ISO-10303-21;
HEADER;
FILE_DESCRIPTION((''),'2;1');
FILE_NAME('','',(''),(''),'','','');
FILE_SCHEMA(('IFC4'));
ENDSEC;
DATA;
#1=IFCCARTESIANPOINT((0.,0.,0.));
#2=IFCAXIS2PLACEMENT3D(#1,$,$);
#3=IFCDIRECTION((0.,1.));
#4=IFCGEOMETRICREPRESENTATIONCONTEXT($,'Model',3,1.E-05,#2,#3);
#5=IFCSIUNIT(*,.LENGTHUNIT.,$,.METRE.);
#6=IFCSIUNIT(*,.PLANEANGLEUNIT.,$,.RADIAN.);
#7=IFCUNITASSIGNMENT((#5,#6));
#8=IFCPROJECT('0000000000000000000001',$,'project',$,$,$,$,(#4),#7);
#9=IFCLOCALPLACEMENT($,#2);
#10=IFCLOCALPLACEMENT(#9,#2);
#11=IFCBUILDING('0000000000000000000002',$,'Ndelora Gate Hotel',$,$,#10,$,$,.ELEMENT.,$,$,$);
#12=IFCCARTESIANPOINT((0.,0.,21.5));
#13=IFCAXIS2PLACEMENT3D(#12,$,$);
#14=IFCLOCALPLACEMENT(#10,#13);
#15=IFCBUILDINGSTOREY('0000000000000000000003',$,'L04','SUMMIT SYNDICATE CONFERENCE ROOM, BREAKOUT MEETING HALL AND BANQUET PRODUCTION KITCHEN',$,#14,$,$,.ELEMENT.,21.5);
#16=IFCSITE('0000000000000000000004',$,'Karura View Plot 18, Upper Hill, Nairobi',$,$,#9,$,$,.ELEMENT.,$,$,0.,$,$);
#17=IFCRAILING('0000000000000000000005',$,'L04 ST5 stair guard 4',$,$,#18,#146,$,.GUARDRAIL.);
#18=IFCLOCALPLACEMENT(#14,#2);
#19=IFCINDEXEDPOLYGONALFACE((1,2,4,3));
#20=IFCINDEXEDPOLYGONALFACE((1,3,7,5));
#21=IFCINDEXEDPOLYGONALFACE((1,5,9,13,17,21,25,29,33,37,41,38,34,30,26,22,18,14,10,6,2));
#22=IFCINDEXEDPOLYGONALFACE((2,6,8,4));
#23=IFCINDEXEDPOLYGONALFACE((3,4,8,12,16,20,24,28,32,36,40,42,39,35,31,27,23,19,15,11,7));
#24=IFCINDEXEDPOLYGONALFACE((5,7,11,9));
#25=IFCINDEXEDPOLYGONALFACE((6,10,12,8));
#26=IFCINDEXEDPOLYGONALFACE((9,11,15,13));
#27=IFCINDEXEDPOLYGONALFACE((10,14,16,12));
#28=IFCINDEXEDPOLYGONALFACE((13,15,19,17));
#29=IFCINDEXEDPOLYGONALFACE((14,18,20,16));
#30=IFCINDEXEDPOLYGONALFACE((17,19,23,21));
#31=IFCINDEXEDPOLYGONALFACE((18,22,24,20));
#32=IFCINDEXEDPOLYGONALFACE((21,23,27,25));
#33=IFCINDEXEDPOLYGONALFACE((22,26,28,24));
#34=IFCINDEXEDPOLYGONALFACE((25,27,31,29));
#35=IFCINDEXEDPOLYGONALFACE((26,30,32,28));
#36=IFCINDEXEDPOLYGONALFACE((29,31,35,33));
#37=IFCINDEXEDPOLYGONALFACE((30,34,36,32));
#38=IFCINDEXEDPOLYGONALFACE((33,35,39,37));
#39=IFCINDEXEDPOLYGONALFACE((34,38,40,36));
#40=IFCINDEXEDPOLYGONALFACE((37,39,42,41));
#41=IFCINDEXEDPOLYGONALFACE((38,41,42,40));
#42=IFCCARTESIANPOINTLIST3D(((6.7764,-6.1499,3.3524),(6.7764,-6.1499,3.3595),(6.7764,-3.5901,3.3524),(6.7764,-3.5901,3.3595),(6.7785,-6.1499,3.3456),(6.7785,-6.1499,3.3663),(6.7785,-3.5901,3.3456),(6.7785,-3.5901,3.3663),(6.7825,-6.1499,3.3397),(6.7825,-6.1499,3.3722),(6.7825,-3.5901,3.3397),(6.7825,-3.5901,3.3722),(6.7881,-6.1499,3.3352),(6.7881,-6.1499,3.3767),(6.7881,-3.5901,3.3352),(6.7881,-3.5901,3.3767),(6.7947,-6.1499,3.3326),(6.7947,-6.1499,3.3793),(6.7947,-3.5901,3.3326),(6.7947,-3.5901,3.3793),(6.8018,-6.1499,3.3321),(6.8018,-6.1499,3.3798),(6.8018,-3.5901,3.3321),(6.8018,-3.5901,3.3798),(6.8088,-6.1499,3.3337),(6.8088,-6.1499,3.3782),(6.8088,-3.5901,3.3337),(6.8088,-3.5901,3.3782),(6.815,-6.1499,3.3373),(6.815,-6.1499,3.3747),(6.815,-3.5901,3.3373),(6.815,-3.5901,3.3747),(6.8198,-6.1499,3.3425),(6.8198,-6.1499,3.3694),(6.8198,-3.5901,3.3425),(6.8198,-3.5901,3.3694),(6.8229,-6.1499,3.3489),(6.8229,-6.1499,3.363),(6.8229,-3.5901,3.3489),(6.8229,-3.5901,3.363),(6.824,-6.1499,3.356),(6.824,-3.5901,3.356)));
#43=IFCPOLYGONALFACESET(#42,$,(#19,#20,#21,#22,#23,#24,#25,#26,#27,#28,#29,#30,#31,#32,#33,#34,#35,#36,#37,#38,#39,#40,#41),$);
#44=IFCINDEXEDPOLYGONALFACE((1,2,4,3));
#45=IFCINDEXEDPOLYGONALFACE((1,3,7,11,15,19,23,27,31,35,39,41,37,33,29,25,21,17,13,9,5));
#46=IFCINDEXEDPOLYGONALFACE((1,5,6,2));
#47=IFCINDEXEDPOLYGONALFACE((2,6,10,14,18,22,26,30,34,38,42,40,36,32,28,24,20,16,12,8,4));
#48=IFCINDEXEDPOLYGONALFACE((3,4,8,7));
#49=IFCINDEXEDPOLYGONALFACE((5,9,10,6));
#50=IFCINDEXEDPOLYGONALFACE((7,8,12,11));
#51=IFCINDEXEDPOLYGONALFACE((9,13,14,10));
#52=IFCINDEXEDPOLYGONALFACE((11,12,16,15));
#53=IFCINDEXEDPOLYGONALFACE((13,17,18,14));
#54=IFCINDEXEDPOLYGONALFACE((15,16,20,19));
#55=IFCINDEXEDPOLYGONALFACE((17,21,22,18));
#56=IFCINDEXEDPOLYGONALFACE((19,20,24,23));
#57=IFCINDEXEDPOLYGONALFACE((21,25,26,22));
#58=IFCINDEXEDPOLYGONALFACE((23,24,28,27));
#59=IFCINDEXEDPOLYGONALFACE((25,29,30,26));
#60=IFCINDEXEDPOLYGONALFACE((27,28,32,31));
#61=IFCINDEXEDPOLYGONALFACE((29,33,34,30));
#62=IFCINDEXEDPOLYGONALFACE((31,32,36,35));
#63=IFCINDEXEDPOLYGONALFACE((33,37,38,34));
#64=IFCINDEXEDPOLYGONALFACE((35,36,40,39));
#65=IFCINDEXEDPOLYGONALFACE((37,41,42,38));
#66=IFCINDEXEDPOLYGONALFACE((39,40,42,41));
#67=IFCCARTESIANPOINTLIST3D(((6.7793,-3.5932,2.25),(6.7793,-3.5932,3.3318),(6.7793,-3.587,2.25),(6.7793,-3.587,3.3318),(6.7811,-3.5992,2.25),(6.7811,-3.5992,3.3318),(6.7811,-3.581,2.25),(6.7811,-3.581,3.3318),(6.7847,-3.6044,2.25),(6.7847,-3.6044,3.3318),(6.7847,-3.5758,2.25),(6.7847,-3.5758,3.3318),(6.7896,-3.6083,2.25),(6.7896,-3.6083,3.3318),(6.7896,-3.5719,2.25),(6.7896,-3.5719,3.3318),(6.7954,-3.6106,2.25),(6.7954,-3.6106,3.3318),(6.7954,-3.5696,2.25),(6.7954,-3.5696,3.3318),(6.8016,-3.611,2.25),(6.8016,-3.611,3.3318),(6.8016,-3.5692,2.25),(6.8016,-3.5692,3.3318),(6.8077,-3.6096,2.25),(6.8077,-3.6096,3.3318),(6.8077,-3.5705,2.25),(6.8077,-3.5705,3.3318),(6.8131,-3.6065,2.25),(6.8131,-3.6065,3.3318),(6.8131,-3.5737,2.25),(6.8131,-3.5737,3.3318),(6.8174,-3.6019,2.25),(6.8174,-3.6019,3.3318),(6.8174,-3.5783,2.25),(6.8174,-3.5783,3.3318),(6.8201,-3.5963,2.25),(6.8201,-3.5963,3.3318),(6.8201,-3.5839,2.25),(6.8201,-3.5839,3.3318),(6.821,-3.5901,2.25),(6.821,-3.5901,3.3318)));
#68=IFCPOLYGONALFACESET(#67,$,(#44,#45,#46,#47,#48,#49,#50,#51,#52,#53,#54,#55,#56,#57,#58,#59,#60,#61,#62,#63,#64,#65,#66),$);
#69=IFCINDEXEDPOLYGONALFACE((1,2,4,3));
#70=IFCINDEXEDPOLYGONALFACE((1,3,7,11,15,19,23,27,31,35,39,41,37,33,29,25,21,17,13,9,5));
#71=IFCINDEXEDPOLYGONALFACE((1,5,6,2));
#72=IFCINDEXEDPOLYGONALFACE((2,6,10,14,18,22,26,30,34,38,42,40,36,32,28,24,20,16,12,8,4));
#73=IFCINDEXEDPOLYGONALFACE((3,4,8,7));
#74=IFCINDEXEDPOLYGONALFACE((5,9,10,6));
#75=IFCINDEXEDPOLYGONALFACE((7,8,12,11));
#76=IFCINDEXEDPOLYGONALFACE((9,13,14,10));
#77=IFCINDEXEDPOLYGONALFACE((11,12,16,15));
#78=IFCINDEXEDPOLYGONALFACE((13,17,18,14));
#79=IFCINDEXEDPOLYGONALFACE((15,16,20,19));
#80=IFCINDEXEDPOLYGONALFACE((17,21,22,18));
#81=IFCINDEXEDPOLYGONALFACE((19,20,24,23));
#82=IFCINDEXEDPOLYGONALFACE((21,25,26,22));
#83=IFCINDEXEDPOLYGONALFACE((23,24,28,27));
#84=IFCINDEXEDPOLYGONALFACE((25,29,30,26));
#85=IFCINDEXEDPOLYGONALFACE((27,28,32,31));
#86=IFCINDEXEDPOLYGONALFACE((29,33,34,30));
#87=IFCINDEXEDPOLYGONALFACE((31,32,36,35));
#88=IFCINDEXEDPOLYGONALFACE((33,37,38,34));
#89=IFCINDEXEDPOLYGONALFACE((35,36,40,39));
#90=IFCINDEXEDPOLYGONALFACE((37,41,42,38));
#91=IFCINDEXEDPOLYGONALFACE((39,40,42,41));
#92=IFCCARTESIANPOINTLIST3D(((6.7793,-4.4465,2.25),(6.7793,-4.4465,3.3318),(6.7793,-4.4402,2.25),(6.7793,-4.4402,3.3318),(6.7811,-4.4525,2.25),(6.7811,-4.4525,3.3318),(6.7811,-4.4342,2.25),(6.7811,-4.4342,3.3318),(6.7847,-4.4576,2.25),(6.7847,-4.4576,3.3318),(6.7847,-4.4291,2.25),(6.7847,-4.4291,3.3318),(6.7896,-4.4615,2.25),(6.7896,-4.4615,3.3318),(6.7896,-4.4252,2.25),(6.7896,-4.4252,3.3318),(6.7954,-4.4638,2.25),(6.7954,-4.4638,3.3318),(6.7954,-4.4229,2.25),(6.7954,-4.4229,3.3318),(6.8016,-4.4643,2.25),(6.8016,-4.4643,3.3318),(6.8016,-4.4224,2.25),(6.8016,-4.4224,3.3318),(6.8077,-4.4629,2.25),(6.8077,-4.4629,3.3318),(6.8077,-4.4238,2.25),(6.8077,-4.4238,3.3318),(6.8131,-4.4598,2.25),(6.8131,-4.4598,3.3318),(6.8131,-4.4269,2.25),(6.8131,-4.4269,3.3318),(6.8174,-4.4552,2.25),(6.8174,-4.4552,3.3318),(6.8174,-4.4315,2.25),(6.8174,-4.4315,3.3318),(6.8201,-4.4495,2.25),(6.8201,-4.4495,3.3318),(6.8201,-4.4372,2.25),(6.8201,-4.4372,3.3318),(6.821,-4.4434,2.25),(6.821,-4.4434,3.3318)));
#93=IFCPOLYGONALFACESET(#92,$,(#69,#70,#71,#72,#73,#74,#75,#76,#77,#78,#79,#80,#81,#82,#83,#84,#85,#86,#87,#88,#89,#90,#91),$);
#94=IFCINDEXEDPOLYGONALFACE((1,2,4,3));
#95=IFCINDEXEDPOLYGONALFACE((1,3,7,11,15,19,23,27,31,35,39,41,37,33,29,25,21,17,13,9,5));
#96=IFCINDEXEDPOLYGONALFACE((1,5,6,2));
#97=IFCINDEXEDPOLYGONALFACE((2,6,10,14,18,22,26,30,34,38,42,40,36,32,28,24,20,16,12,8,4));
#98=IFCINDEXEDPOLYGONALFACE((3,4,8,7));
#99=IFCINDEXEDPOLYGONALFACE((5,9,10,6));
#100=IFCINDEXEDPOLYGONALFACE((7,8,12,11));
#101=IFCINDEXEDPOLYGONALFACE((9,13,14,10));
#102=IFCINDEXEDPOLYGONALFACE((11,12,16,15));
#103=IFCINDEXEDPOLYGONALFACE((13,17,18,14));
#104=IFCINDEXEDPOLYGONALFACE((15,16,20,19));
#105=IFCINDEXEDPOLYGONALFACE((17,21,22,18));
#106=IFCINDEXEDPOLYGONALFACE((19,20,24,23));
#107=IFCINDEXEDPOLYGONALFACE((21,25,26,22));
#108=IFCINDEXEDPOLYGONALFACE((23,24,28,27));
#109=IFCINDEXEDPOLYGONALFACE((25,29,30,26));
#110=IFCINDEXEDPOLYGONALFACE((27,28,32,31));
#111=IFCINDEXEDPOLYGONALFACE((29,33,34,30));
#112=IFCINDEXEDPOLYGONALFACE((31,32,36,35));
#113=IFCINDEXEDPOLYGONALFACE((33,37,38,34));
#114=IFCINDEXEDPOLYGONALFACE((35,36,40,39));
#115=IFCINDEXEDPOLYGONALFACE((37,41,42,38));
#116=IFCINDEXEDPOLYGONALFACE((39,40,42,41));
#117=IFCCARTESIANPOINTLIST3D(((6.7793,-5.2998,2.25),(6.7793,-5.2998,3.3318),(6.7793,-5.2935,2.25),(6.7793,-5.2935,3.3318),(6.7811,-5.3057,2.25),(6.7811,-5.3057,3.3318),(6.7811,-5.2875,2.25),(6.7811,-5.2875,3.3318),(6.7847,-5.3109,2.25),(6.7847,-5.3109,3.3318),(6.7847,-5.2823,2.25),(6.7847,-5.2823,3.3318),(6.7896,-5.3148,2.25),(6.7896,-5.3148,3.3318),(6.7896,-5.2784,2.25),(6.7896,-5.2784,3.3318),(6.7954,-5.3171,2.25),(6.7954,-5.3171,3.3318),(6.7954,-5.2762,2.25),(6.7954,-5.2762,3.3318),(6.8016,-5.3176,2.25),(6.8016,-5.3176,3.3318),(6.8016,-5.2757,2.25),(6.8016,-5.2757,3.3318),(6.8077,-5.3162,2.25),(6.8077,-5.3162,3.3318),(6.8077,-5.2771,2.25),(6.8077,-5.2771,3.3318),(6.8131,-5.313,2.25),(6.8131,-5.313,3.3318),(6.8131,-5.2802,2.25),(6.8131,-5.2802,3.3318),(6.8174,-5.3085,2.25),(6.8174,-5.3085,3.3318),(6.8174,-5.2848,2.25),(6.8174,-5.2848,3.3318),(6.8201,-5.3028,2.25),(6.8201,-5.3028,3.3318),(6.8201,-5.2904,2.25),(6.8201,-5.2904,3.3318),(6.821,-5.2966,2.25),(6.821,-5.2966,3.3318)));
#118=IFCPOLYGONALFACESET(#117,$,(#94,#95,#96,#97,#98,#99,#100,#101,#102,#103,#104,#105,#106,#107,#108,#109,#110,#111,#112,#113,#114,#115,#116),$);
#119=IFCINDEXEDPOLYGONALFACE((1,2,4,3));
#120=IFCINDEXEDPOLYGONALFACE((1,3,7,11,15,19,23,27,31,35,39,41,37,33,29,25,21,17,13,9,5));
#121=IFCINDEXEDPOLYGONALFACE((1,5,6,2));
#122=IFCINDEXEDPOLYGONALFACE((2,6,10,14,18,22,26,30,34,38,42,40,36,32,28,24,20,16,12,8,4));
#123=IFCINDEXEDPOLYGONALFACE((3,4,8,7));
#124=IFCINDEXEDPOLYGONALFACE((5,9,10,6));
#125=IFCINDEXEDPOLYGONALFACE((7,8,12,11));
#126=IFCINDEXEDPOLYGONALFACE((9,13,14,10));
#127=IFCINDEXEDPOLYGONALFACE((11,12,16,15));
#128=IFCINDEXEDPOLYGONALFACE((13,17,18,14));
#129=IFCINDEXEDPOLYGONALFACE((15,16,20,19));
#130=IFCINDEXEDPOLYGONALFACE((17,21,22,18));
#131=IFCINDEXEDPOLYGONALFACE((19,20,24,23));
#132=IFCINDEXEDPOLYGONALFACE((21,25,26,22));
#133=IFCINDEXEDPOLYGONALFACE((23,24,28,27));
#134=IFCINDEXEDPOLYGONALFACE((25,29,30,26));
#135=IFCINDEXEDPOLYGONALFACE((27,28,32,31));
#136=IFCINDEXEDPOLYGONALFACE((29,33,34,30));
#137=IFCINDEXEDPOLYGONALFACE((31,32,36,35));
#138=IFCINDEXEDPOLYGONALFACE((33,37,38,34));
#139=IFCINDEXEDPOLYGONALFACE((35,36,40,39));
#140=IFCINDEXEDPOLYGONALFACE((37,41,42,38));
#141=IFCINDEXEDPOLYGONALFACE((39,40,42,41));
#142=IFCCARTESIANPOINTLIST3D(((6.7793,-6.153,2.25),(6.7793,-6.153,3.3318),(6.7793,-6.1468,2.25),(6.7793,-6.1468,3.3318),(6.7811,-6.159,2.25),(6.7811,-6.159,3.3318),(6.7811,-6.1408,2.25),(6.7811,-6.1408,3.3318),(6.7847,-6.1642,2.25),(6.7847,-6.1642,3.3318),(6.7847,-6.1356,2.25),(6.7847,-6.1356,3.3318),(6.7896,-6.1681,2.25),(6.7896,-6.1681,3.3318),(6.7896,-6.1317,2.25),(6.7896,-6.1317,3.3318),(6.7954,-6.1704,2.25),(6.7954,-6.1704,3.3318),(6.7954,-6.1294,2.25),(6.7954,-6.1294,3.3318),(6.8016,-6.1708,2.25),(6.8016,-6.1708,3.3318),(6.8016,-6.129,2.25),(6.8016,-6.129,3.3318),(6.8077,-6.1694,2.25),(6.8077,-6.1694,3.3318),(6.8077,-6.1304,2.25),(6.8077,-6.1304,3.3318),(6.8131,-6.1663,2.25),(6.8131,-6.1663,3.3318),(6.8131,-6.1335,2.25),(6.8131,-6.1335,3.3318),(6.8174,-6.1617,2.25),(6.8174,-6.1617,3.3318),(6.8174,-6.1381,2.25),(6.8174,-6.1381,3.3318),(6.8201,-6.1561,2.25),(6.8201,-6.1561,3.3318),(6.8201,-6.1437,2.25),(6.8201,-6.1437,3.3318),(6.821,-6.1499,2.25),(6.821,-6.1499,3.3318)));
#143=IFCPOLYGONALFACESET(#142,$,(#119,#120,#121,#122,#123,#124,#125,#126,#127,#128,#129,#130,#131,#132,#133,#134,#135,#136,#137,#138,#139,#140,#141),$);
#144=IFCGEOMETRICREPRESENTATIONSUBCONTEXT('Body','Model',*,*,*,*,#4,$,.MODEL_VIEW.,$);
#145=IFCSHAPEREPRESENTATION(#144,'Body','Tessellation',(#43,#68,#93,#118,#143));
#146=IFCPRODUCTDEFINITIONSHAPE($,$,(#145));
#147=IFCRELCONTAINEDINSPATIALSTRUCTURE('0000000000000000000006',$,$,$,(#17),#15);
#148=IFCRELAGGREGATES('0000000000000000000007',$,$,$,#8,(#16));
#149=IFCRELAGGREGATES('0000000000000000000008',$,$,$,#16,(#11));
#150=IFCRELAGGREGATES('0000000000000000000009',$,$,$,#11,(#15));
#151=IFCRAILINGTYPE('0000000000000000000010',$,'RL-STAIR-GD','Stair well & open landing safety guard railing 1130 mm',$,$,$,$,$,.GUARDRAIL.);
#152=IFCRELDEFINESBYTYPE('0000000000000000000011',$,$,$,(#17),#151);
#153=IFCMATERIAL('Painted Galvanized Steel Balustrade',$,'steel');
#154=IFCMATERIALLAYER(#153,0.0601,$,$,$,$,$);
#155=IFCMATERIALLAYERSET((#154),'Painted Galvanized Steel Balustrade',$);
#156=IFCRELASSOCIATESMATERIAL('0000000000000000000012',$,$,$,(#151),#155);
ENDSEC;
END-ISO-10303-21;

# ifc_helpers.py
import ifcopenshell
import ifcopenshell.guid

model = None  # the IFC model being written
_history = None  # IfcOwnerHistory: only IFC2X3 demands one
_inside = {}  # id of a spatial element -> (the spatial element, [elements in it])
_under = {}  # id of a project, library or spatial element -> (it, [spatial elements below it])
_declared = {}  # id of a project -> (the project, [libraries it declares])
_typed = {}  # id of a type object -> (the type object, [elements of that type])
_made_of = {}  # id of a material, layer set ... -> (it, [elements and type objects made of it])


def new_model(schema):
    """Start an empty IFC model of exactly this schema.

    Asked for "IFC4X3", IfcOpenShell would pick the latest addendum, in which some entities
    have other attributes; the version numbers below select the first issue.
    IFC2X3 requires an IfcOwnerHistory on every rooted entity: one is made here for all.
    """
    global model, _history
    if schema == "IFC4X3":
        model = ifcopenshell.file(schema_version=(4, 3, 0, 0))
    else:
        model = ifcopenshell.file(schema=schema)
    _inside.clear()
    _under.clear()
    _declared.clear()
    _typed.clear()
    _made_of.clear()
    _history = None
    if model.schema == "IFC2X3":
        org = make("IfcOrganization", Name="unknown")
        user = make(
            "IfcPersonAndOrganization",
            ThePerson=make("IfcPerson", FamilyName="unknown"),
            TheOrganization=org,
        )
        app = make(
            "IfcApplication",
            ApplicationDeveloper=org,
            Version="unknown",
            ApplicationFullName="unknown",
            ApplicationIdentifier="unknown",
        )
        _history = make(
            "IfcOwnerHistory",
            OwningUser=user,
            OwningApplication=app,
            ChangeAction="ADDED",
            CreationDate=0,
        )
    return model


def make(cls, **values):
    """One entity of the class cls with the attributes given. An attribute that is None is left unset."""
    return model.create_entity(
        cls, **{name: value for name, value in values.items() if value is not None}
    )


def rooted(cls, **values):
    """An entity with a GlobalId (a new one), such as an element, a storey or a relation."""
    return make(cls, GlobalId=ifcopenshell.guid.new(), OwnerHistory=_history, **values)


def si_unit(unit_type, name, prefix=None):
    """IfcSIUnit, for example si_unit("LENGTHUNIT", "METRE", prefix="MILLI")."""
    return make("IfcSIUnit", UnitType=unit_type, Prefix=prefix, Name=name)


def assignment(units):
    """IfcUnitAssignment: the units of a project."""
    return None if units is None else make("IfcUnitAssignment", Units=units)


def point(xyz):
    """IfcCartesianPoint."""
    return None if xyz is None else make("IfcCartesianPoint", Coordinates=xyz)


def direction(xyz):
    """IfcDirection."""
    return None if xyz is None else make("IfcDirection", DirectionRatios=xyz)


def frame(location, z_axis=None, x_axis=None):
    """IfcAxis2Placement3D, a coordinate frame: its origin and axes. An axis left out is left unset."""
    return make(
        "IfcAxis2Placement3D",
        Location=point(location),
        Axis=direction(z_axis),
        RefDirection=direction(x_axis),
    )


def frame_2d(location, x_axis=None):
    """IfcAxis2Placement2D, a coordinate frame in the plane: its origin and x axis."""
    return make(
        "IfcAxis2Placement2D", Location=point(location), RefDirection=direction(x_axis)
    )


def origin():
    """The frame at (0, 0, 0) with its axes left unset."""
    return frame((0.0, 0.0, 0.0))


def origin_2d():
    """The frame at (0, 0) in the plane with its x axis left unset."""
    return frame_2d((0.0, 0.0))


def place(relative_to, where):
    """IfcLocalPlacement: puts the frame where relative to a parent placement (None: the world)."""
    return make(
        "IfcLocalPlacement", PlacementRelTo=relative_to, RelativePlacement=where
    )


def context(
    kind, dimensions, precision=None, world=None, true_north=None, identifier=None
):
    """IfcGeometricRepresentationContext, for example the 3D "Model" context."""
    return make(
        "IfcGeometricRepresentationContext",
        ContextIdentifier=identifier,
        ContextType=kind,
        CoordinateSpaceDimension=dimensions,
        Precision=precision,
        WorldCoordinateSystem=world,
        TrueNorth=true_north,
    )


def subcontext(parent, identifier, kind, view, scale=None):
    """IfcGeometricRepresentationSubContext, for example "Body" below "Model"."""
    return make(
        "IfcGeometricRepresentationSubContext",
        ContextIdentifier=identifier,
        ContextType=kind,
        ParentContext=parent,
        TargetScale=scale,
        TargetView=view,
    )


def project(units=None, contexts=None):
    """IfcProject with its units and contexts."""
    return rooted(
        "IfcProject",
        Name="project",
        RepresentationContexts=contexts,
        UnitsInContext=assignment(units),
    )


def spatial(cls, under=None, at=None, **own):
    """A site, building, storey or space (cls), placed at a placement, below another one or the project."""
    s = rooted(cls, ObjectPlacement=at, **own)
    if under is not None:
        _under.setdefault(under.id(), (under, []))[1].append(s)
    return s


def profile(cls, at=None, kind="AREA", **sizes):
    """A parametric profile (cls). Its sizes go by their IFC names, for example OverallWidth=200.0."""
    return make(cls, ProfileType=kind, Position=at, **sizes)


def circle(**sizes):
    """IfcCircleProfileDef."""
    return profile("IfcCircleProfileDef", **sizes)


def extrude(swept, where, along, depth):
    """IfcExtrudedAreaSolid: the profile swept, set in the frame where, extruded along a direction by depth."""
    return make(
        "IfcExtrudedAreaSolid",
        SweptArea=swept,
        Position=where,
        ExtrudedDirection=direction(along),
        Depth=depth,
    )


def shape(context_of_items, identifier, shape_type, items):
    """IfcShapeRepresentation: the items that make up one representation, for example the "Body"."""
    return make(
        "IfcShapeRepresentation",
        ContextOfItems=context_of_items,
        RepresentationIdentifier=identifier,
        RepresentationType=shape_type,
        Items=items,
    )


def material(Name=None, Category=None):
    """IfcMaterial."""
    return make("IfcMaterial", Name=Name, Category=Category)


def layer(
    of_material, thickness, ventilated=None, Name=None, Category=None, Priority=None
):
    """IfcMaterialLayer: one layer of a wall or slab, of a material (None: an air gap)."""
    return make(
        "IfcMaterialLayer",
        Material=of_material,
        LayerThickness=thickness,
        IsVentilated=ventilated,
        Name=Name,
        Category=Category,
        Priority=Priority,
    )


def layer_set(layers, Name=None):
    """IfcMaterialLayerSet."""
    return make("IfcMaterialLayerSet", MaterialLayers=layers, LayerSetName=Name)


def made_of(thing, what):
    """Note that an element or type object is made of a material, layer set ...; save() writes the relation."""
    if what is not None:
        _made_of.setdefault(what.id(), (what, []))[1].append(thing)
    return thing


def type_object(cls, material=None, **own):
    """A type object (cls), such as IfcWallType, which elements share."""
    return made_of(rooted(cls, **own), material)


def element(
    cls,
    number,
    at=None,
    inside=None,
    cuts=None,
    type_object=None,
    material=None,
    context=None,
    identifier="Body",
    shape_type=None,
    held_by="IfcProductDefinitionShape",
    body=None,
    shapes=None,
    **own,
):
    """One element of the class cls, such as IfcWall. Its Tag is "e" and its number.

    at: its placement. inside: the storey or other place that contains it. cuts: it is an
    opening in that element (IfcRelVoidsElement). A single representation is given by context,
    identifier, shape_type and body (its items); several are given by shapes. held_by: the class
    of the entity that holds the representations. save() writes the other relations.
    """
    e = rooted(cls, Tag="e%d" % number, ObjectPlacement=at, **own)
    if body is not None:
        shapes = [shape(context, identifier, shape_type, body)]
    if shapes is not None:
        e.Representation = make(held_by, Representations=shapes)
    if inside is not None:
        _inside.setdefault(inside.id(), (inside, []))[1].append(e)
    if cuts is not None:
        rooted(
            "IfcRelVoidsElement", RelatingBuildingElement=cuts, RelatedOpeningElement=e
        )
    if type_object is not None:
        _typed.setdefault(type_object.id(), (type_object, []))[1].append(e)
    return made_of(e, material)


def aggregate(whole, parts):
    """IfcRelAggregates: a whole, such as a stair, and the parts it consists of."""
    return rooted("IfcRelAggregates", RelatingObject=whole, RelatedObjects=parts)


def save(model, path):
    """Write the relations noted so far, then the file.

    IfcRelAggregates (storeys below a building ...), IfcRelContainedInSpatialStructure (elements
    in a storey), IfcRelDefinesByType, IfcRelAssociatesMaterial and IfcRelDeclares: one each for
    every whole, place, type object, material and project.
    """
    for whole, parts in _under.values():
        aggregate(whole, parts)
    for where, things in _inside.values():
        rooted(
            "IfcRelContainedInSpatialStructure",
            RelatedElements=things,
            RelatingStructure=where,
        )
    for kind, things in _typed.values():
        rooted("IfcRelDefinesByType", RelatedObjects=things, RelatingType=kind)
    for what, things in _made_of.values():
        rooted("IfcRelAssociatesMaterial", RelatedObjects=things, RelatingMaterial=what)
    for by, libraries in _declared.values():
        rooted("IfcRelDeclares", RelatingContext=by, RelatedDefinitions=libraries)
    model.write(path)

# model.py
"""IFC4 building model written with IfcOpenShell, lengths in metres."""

from ifc_helpers import new_model, si_unit, direction, frame, origin, origin_2d, place, context, subcontext, project, spatial, circle, extrude, material, layer, layer_set, type_object, element, save


model = new_model("IFC4")

# Units and contexts
model_context = context("Model", 3, precision=1e-05, world=origin(), true_north=direction((0.0, 1.0)))
body_context = subcontext(model_context, "Body", "Model", "MODEL_VIEW")
ifc_project = project(units=[si_unit("LENGTHUNIT", "METRE"), si_unit("PLANEANGLEUNIT", "RADIAN")], contexts=[model_context])

# Site, building, storey
site_placement = place(None, origin())
site = spatial("IfcSite", under=ifc_project, at=site_placement, Name="Karura View Plot 18, Upper Hill, Nairobi", CompositionType="ELEMENT", RefElevation=0.0)
building_placement = place(site_placement, origin())
building = spatial("IfcBuilding", under=site, at=building_placement, Name="Ndelora Gate Hotel", CompositionType="ELEMENT")
storey_placement = place(building_placement, frame((0.0, 0.0, 21.5)))
storey = spatial("IfcBuildingStorey", under=building, at=storey_placement, Name="L04", Description="SUMMIT SYNDICATE CONFERENCE ROOM, BREAKOUT MEETING HALL AND BANQUET PRODUCTION KITCHEN", CompositionType="ELEMENT", Elevation=21.5)

# Railing
ifc_material_1 = material(Name="Painted Galvanized Steel Balustrade", Category="steel")
ifc_layer_1 = layer(ifc_material_1, 0.0601)
ifc_layer_set_1 = layer_set([ifc_layer_1], Name="Painted Galvanized Steel Balustrade")
railing_type_1 = type_object("IfcRailingType", Name="RL-STAIR-GD", Description="Stair well & open landing safety guard railing 1130 mm", PredefinedType="GUARDRAIL", material=ifc_layer_set_1)
railing_1_placement = place(storey_placement, frame((6.8, -3.5901, 2.25)))
element("IfcRailing", 1, at=railing_1_placement, inside=storey, type_object=railing_type_1, Name="L04 ST5 stair guard 4", PredefinedType="GUARDRAIL", context=body_context, shape_type="SweptSolid", body=[
    extrude(circle(Radius=0.0239, at=origin_2d()), frame((0.0, 0.0, 1.106), z_axis=(0.0, -1.0, 0.0), x_axis=(1.0, 0.0, 0.0)), (0.0, 0.0, 1.0), 2.5598),
    extrude(circle(Radius=0.021, at=origin_2d()), origin(), (0.0, 0.0, 1.0), 1.0818),
    extrude(circle(Radius=0.021, at=origin_2d()), frame((0.0, -0.8533, 0.0)), (0.0, 0.0, 1.0), 1.0818),
    extrude(circle(Radius=0.021, at=origin_2d()), frame((0.0, -1.7065, 0.0)), (0.0, 0.0, 1.0), 1.0818),
    extrude(circle(Radius=0.021, at=origin_2d()), frame((0.0, -2.5598, 0.0)), (0.0, 0.0, 1.0), 1.0818),
])

save(model, "model.ifc")
